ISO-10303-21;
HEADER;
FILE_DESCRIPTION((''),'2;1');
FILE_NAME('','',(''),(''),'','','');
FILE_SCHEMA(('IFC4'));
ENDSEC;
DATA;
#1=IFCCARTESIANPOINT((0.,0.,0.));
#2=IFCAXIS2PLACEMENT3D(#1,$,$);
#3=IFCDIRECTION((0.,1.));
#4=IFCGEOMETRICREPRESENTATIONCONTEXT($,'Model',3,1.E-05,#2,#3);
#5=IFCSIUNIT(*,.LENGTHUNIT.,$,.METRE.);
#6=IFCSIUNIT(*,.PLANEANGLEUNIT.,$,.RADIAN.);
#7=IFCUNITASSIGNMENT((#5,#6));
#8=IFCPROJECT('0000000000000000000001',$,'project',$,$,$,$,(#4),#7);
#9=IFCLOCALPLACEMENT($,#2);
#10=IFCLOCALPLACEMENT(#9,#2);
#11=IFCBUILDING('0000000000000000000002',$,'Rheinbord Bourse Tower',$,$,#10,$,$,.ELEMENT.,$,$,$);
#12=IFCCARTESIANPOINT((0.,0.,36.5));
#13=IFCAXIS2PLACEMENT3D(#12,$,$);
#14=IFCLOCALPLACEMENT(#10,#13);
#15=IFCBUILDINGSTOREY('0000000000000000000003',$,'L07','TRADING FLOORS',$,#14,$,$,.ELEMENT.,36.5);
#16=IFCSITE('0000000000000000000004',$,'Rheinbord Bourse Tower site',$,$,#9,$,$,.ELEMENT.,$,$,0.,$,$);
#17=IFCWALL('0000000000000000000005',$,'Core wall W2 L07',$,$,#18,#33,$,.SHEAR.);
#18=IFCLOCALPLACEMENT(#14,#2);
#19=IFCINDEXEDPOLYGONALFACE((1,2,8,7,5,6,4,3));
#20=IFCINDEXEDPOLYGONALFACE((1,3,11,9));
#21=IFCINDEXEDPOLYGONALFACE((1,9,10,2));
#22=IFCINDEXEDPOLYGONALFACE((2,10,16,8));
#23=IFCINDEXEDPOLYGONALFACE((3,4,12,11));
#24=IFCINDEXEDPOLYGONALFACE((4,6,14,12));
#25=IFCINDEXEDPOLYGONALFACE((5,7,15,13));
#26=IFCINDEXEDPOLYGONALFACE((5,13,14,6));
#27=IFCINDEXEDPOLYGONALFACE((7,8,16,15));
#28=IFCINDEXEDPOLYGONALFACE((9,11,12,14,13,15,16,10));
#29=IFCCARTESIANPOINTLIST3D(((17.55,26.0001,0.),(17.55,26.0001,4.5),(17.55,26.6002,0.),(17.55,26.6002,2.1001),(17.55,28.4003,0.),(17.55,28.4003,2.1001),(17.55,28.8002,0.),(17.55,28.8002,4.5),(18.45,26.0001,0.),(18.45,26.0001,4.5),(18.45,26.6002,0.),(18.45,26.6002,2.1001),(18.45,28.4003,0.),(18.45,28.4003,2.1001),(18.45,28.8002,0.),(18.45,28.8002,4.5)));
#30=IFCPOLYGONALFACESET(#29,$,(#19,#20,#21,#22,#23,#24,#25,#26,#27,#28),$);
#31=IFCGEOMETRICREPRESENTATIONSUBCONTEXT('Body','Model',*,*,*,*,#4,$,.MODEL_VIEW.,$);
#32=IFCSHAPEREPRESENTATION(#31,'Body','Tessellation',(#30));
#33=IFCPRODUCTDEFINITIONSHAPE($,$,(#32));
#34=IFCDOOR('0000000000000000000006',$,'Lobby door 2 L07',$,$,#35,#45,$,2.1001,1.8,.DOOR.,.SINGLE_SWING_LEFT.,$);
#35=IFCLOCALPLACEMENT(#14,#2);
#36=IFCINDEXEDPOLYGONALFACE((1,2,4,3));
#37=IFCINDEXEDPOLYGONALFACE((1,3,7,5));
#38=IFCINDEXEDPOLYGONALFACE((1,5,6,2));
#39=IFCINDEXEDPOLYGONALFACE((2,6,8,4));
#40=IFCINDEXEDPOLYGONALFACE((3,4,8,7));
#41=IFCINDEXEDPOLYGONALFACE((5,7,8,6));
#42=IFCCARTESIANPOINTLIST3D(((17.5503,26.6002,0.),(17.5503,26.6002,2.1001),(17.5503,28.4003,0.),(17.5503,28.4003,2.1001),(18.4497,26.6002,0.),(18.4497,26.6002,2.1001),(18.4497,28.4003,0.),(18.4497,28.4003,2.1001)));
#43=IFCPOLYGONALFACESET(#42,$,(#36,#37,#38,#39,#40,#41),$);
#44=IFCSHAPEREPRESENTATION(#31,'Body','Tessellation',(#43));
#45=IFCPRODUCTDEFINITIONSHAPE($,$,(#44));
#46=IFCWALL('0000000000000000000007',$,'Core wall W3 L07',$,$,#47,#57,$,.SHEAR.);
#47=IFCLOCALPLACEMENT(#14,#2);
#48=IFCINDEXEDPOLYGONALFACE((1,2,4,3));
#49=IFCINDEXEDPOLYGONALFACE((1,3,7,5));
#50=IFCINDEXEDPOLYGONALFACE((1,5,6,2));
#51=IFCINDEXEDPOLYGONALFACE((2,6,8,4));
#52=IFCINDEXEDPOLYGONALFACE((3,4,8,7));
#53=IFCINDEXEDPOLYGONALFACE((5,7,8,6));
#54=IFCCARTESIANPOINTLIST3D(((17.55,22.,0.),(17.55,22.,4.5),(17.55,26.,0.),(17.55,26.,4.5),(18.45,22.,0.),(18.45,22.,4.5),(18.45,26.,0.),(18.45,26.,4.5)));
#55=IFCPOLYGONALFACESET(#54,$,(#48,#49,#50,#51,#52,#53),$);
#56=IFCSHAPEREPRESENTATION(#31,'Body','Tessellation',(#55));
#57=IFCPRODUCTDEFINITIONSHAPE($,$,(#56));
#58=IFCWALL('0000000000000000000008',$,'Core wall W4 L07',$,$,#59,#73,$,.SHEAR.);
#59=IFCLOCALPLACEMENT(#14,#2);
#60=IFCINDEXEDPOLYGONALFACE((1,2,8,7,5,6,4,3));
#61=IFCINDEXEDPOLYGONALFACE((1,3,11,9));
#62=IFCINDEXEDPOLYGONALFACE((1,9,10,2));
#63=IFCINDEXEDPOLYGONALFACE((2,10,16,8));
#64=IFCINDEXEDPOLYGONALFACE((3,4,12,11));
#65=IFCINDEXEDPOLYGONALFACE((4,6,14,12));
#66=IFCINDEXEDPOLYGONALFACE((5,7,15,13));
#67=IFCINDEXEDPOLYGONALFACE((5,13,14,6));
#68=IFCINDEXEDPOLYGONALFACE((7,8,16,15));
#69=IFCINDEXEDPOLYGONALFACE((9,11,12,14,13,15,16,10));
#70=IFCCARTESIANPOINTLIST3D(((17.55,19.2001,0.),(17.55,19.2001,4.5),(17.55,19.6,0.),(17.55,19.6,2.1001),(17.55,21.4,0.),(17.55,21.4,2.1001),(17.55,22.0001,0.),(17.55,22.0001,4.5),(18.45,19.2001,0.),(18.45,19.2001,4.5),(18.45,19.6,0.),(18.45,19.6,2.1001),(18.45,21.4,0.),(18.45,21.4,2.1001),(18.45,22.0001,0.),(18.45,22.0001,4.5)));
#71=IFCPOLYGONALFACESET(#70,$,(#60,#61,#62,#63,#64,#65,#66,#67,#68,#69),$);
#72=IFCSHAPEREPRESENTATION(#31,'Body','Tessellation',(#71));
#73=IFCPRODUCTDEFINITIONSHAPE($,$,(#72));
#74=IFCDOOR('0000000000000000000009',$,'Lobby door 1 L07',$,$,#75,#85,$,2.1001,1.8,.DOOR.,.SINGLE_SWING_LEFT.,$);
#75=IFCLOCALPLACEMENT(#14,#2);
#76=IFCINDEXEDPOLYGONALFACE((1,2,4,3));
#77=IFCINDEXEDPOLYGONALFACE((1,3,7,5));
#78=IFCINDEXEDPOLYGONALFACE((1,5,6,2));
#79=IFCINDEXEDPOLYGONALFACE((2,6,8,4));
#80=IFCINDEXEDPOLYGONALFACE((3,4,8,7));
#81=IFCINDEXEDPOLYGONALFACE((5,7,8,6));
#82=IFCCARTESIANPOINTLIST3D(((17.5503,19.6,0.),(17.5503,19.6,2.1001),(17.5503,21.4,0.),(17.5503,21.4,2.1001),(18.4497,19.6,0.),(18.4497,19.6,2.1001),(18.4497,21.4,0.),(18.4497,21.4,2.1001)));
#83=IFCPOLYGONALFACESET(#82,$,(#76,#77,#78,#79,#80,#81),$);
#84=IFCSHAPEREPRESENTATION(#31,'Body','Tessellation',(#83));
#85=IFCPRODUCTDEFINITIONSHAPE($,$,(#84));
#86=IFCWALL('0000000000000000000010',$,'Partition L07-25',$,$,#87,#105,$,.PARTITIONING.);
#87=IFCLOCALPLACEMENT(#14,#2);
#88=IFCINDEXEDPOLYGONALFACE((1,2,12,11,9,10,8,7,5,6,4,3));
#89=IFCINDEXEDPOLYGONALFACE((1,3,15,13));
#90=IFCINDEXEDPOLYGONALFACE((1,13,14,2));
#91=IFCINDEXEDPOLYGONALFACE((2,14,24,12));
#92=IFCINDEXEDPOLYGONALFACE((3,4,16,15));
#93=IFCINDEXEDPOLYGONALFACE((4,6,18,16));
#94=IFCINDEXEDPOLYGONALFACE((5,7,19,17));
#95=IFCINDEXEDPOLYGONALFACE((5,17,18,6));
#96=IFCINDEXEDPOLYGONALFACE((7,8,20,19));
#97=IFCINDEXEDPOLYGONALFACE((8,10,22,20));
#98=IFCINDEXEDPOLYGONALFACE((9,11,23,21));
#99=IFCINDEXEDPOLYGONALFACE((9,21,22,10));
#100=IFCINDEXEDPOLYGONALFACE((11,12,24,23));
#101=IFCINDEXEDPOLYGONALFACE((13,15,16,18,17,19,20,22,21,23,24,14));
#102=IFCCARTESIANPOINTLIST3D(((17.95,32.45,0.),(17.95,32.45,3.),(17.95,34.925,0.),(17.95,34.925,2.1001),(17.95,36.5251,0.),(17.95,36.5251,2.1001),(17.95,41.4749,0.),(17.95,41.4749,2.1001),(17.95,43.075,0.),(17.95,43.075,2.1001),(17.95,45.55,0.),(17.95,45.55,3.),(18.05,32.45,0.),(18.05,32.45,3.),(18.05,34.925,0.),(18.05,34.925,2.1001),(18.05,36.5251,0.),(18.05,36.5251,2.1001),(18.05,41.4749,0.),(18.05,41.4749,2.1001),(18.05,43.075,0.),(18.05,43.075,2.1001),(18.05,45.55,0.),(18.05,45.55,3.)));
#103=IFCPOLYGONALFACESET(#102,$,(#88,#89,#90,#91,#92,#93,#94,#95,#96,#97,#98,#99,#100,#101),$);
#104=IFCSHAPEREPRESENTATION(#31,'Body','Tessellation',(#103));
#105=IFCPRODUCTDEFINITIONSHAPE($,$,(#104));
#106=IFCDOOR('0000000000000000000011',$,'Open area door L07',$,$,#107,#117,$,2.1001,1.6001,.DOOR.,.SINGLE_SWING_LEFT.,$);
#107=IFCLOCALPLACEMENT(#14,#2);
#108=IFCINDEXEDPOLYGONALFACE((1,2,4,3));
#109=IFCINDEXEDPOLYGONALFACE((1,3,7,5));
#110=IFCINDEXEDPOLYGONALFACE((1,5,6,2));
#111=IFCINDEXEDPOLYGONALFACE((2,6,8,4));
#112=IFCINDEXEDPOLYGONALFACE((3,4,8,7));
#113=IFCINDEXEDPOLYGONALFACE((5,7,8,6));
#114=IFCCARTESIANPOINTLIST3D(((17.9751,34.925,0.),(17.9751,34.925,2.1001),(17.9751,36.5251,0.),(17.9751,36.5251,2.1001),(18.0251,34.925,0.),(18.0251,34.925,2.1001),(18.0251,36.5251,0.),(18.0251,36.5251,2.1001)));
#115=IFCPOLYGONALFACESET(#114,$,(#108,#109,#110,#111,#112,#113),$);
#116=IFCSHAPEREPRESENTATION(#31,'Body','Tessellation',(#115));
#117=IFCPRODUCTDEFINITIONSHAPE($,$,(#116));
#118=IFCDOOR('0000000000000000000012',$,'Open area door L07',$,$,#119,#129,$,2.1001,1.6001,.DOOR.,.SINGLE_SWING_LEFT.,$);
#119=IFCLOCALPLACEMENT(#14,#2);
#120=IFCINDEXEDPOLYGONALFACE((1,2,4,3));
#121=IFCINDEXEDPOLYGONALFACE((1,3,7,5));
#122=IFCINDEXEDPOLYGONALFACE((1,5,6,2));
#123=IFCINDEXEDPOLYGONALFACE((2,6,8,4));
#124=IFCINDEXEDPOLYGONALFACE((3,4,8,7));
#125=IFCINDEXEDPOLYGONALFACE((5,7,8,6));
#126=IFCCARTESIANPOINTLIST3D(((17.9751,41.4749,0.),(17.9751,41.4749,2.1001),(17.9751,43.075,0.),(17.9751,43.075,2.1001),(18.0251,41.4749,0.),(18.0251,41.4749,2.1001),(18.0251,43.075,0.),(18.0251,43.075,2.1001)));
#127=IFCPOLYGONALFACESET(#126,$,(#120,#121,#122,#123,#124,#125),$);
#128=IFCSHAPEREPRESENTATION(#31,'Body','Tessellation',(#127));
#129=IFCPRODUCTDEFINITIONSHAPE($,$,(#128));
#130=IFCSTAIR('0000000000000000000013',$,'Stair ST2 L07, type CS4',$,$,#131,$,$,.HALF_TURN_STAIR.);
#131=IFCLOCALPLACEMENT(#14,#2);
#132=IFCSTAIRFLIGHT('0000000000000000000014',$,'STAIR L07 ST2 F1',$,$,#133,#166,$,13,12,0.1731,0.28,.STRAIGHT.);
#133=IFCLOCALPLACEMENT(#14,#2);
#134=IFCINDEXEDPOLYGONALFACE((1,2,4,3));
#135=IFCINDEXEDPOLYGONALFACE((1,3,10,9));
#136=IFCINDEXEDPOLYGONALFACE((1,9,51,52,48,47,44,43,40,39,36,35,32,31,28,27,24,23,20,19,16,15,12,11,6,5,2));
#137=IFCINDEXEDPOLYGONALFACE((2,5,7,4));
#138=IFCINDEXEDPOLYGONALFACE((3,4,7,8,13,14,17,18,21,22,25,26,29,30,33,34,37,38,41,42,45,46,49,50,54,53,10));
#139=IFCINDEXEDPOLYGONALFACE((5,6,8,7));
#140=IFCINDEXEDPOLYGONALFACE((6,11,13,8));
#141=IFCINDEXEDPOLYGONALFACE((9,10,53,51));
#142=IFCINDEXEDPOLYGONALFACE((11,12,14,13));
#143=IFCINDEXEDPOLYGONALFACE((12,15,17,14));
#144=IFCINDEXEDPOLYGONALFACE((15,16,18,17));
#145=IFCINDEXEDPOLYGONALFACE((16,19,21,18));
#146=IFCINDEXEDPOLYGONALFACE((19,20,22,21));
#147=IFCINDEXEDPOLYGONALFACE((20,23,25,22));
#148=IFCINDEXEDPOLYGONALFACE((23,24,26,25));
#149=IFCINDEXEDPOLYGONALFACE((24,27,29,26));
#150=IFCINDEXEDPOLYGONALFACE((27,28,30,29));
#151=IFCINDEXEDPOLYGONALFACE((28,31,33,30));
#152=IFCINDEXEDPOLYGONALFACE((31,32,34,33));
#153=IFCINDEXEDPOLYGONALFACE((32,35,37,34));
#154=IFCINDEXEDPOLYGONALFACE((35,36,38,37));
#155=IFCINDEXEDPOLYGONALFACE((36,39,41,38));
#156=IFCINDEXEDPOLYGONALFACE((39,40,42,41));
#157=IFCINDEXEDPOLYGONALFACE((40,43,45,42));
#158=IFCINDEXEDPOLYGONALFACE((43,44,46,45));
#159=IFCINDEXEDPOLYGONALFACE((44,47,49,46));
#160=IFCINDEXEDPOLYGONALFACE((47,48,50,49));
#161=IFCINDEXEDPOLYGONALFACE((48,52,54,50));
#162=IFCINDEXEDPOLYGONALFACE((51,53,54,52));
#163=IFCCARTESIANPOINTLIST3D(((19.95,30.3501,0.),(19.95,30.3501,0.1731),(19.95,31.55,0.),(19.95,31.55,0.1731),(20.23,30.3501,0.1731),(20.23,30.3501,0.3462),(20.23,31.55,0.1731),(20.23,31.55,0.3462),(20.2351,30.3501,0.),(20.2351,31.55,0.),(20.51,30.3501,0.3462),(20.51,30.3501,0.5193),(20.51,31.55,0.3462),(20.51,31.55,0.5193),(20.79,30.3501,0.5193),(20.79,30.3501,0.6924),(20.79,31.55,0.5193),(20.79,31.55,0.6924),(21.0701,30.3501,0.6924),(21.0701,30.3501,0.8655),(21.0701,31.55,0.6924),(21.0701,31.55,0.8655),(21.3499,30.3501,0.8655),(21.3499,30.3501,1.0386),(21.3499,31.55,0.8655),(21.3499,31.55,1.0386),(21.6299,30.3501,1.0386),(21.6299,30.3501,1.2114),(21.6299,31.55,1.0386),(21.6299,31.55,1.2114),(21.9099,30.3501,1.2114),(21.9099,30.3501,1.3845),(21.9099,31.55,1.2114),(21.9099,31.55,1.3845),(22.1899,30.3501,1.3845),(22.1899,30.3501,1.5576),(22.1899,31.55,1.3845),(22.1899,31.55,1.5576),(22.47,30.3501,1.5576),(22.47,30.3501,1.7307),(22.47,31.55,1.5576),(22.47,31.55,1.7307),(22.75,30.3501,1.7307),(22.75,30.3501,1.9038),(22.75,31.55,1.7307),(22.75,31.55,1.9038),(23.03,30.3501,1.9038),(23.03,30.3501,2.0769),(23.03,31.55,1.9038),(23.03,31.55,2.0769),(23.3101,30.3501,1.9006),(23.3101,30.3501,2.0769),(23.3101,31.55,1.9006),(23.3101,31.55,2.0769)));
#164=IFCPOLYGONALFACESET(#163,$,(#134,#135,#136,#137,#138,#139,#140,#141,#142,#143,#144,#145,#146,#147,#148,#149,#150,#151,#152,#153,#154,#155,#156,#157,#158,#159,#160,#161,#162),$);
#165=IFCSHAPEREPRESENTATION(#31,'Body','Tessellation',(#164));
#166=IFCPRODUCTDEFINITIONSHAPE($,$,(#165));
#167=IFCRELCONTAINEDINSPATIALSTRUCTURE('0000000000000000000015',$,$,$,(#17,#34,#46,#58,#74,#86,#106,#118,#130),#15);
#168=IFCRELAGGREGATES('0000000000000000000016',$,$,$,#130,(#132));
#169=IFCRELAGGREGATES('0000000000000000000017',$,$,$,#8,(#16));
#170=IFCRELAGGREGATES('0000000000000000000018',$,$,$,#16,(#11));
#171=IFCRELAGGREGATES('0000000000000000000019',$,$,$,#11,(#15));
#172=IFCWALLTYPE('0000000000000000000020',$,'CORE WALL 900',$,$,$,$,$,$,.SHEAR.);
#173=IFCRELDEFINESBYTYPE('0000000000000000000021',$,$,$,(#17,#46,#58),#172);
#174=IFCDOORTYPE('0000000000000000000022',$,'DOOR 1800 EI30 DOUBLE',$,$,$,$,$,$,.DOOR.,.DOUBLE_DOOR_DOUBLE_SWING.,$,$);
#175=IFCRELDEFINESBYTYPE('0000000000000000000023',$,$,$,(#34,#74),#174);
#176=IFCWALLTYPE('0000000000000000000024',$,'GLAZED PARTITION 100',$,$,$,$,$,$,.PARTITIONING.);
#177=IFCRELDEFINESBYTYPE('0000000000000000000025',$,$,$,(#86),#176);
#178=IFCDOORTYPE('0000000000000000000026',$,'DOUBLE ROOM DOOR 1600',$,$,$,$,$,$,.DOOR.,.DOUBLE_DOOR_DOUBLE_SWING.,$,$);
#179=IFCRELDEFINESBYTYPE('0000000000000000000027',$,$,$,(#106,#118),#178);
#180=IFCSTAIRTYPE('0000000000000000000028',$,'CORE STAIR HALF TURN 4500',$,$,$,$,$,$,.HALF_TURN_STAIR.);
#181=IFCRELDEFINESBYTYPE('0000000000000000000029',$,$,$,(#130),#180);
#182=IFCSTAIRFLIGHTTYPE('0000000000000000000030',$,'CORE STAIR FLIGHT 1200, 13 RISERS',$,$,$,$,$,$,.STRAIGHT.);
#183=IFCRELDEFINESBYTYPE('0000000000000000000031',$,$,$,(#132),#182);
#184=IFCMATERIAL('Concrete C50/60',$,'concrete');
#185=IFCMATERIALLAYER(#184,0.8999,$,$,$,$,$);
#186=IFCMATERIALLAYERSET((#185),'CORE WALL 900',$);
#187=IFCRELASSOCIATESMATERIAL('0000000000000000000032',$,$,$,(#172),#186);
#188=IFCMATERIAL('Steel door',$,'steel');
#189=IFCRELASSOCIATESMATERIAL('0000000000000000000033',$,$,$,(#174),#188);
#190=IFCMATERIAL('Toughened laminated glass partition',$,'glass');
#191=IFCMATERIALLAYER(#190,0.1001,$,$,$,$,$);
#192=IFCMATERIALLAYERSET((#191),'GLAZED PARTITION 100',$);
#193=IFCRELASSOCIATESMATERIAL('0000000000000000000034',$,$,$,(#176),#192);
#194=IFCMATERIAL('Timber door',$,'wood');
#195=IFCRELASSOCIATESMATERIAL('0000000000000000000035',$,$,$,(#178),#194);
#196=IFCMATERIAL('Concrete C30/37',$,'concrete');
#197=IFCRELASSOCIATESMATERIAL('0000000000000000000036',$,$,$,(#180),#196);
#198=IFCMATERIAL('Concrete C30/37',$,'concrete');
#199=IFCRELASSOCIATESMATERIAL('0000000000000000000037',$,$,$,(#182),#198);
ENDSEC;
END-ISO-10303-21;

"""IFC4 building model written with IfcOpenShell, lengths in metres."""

from ifc_helpers import new_model, si_unit, direction, frame, frame_2d, origin, place, context, subcontext, project, spatial, polyline, rectangle, outline, extrude, material, layer, layer_set, type_object, element, fill, aggregate, save


model = new_model("IFC4")

# Units and contexts
model_context = context("Model", 3, precision=1e-05, world=origin(), true_north=direction((0.0, 1.0)))
body_context = subcontext(model_context, "Body", "Model", "MODEL_VIEW")
ifc_project = project(units=[si_unit("LENGTHUNIT", "METRE"), si_unit("PLANEANGLEUNIT", "RADIAN")], contexts=[model_context])

# Site, building, storey
site_placement = place(None, origin())
site = spatial("IfcSite", under=ifc_project, at=site_placement, Name="Rheinbord Bourse Tower site", CompositionType="ELEMENT", RefElevation=0.0)
building_placement = place(site_placement, origin())
building = spatial("IfcBuilding", under=site, at=building_placement, Name="Rheinbord Bourse Tower", CompositionType="ELEMENT")
storey_placement = place(building_placement, frame((0.0, 0.0, 36.5)))
storey = spatial("IfcBuildingStorey", under=building, at=storey_placement, Name="L07", Description="TRADING FLOORS", CompositionType="ELEMENT", Elevation=36.5)

# Shared definitions
ifc_material_1 = material(Name="Concrete C50/60", Category="concrete")
ifc_layer_1 = layer(ifc_material_1, 0.8999)
ifc_layer_set_1 = layer_set([ifc_layer_1], Name="CORE WALL 900")
wall_type_1 = type_object("IfcWallType", Name="CORE WALL 900", PredefinedType="SHEAR", material=ifc_layer_set_1)

# Wall, opening, door
wall_1_placement = place(storey_placement, frame((18.0, 28.8, 0.0), z_axis=(0.0, 0.0, 1.0), x_axis=(0.0, -1.0, 0.0)))
wall_1 = element("IfcWall", 1, at=wall_1_placement, inside=storey, type_object=wall_type_1, Name="Core wall W2 L07", PredefinedType="SHEAR", context=body_context, shape_type="SweptSolid", body=[
    extrude(rectangle(XDim=2.8, YDim=0.8999, at=frame_2d((1.3999, 0.0))), origin(), (0.0, 0.0, 1.0), 4.5),
])
opening_1_placement = place(wall_1_placement, frame((0.3999, 0.0, 0.0)))
opening_1 = element("IfcOpeningElement", 2, at=opening_1_placement, cuts=wall_1, PredefinedType="OPENING", context=body_context, shape_type="SweptSolid", body=[
    extrude(rectangle(XDim=1.8, YDim=2.1001, at=frame_2d((0.8999, 1.05))), frame((0.0, 0.46, 0.0), z_axis=(0.0, -1.0, 0.0), x_axis=(1.0, 0.0, 0.0)), (0.0, 0.0, 1.0), 0.9199),
])
ifc_material_2 = material(Name="Steel door", Category="steel")
door_type_1 = type_object("IfcDoorType", Name="DOOR 1800 EI30 DOUBLE", OperationType="DOUBLE_DOOR_DOUBLE_SWING", PredefinedType="DOOR", material=ifc_material_2)
door_1_placement = place(opening_1_placement, origin())
door_1 = element("IfcDoor", 3, at=door_1_placement, inside=storey, type_object=door_type_1, Name="Lobby door 2 L07", OperationType="SINGLE_SWING_LEFT", OverallHeight=2.1001, OverallWidth=1.8, PredefinedType="DOOR", context=body_context, shape_type="SweptSolid", body=[
    extrude(rectangle(XDim=1.8, YDim=2.1001, at=frame_2d((0.8999, 1.05))), frame((0.0, 0.4497, 0.0), z_axis=(0.0, -1.0, 0.0), x_axis=(1.0, 0.0, 0.0)), (0.0, 0.0, 1.0), 0.8994),
])
fill(opening_1, door_1)

# Wall
wall_2_placement = place(storey_placement, frame((18.0, 26.0, 0.0), z_axis=(0.0, 0.0, 1.0), x_axis=(0.0, -1.0, 0.0)))
element("IfcWall", 4, at=wall_2_placement, inside=storey, type_object=wall_type_1, Name="Core wall W3 L07", PredefinedType="SHEAR", context=body_context, shape_type="SweptSolid", body=[
    extrude(rectangle(XDim=4.0, YDim=0.8999, at=frame_2d((2.0, 0.0))), origin(), (0.0, 0.0, 1.0), 4.5),
])

# Wall, opening, door
wall_3_placement = place(storey_placement, frame((18.0, 22.0, 0.0), z_axis=(0.0, 0.0, 1.0), x_axis=(0.0, -1.0, 0.0)))
wall_3 = element("IfcWall", 5, at=wall_3_placement, inside=storey, type_object=wall_type_1, Name="Core wall W4 L07", PredefinedType="SHEAR", context=body_context, shape_type="SweptSolid", body=[
    extrude(rectangle(XDim=2.8, YDim=0.8999, at=frame_2d((1.3999, 0.0))), origin(), (0.0, 0.0, 1.0), 4.5),
])
opening_2_placement = place(wall_3_placement, frame((0.6001, 0.0, 0.0)))
opening_2 = element("IfcOpeningElement", 6, at=opening_2_placement, cuts=wall_3, PredefinedType="OPENING", context=body_context, shape_type="SweptSolid", body=[
    extrude(rectangle(XDim=1.8, YDim=2.1001, at=frame_2d((0.8999, 1.05))), frame((0.0, 0.46, 0.0), z_axis=(0.0, -1.0, 0.0), x_axis=(1.0, 0.0, 0.0)), (0.0, 0.0, 1.0), 0.9199),
])
door_2_placement = place(opening_2_placement, origin())
door_2 = element("IfcDoor", 7, at=door_2_placement, inside=storey, type_object=door_type_1, Name="Lobby door 1 L07", OperationType="SINGLE_SWING_LEFT", OverallHeight=2.1001, OverallWidth=1.8, PredefinedType="DOOR", context=body_context, shape_type="SweptSolid", body=[
    extrude(rectangle(XDim=1.8, YDim=2.1001, at=frame_2d((0.8999, 1.05))), frame((0.0, 0.4497, 0.0), z_axis=(0.0, -1.0, 0.0), x_axis=(1.0, 0.0, 0.0)), (0.0, 0.0, 1.0), 0.8994),
])
fill(opening_2, door_2)

# Wall, openings, doors
ifc_material_3 = material(Name="Toughened laminated glass partition", Category="glass")
ifc_layer_2 = layer(ifc_material_3, 0.1001)
ifc_layer_set_2 = layer_set([ifc_layer_2], Name="GLAZED PARTITION 100")
wall_type_2 = type_object("IfcWallType", Name="GLAZED PARTITION 100", PredefinedType="PARTITIONING", material=ifc_layer_set_2)
wall_4_placement = place(storey_placement, frame((18.0, 32.45, 0.0), z_axis=(0.0, 0.0, 1.0), x_axis=(0.0, 1.0, 0.0)))
wall_4 = element("IfcWall", 8, at=wall_4_placement, inside=storey, type_object=wall_type_2, Name="Partition L07-25", PredefinedType="PARTITIONING", context=body_context, shape_type="SweptSolid", body=[
    extrude(rectangle(XDim=13.1001, YDim=0.1001, at=frame_2d((6.55, 0.0))), origin(), (0.0, 0.0, 1.0), 3.0),
])
opening_3_placement = place(wall_4_placement, frame((2.4751, 0.0, 0.0)))
opening_3 = element("IfcOpeningElement", 9, at=opening_3_placement, cuts=wall_4, PredefinedType="OPENING", context=body_context, shape_type="SweptSolid", body=[
    extrude(rectangle(XDim=1.6001, YDim=2.1001, at=frame_2d((0.8, 1.05))), frame((0.0, 0.0601, 0.0), z_axis=(0.0, -1.0, 0.0), x_axis=(1.0, 0.0, 0.0)), (0.0, 0.0, 1.0), 0.1201),
])
opening_4_placement = place(wall_4_placement, frame((9.0249, 0.0, 0.0)))
opening_4 = element("IfcOpeningElement", 10, at=opening_4_placement, cuts=wall_4, PredefinedType="OPENING", context=body_context, shape_type="SweptSolid", body=[
    extrude(rectangle(XDim=1.6001, YDim=2.1001, at=frame_2d((0.8, 1.05))), frame((0.0, 0.0601, 0.0), z_axis=(0.0, -1.0, 0.0), x_axis=(1.0, 0.0, 0.0)), (0.0, 0.0, 1.0), 0.1201),
])
ifc_material_4 = material(Name="Timber door", Category="wood")
door_type_2 = type_object("IfcDoorType", Name="DOUBLE ROOM DOOR 1600", OperationType="DOUBLE_DOOR_DOUBLE_SWING", PredefinedType="DOOR", material=ifc_material_4)
door_3_placement = place(opening_3_placement, origin())
door_3 = element("IfcDoor", 11, at=door_3_placement, inside=storey, type_object=door_type_2, Name="Open area door L07", OperationType="SINGLE_SWING_LEFT", OverallHeight=2.1001, OverallWidth=1.6001, PredefinedType="DOOR", context=body_context, shape_type="SweptSolid", body=[
    extrude(rectangle(XDim=1.6001, YDim=2.1001, at=frame_2d((0.8, 1.05))), frame((0.0, 0.0249, 0.0), z_axis=(0.0, -1.0, 0.0), x_axis=(1.0, 0.0, 0.0)), (0.0, 0.0, 1.0), 0.05),
])
fill(opening_3, door_3)
door_4_placement = place(opening_4_placement, origin())
door_4 = element("IfcDoor", 12, at=door_4_placement, inside=storey, type_object=door_type_2, Name="Open area door L07", OperationType="SINGLE_SWING_LEFT", OverallHeight=2.1001, OverallWidth=1.6001, PredefinedType="DOOR", context=body_context, shape_type="SweptSolid", body=[
    extrude(rectangle(XDim=1.6001, YDim=2.1001, at=frame_2d((0.8, 1.05))), frame((0.0, 0.0249, 0.0), z_axis=(0.0, -1.0, 0.0), x_axis=(1.0, 0.0, 0.0)), (0.0, 0.0, 1.0), 0.05),
])
fill(opening_4, door_4)

# Stair, stair flight
ifc_material_5 = material(Name="Concrete C30/37", Category="concrete")
stair_type = type_object("IfcStairType", Name="CORE STAIR HALF TURN 4500", PredefinedType="HALF_TURN_STAIR", material=ifc_material_5)
stair_placement = place(storey_placement, origin())
stair = element("IfcStair", 13, at=stair_placement, inside=storey, type_object=stair_type, Name="Stair ST2 L07, type CS4", PredefinedType="HALF_TURN_STAIR")
ifc_material_6 = material(Name="Concrete C30/37", Category="concrete")
stair_flight_type = type_object("IfcStairFlightType", Name="CORE STAIR FLIGHT 1200, 13 RISERS", PredefinedType="STRAIGHT", material=ifc_material_6)
stair_flight_1_placement = place(storey_placement, frame((19.95, 30.95, 0.0), z_axis=(0.0, 0.0, 1.0), x_axis=(1.0, 0.0, 0.0)))
stair_flight_1 = element("IfcStairFlight", 14, at=stair_flight_1_placement, type_object=stair_flight_type, Name="STAIR L07 ST2 F1", NumberOfRisers=13, NumberOfTreads=12, PredefinedType="STRAIGHT", RiserHeight=0.1731, TreadLength=0.28, context=body_context, shape_type="SweptSolid", body=[
    extrude(outline(polyline([(0.0, 0.0), (0.0, 0.1731), (0.28, 0.1731), (0.28, 0.3462), (0.5601, 0.3462), (0.5601, 0.5193), (0.8401, 0.5193), (0.8401, 0.6924), (1.1201, 0.6924), (1.1201, 0.8655), (1.3999, 0.8655), (1.3999, 1.0386), (1.6799, 1.0386), (1.6799, 1.2114), (1.96, 1.2114), (1.96, 1.3845), (2.24, 1.3845), (2.24, 1.5576), (2.52, 1.5576), (2.52, 1.7307), (2.8, 1.7307), (2.8, 1.9038), (3.0801, 1.9038), (3.0801, 2.0769), (3.3601, 2.0769), (3.3601, 2.25), (3.3601, 1.9006), (0.2852, 0.0), (0.0, 0.0)])), frame((0.0, 0.6001, 0.0), z_axis=(0.0, -1.0, 0.0), x_axis=(1.0, 0.0, 0.0)), (0.0, 0.0, 1.0), 1.2),
])
aggregate(stair, [stair_flight_1])

save(model, "model.ifc")
